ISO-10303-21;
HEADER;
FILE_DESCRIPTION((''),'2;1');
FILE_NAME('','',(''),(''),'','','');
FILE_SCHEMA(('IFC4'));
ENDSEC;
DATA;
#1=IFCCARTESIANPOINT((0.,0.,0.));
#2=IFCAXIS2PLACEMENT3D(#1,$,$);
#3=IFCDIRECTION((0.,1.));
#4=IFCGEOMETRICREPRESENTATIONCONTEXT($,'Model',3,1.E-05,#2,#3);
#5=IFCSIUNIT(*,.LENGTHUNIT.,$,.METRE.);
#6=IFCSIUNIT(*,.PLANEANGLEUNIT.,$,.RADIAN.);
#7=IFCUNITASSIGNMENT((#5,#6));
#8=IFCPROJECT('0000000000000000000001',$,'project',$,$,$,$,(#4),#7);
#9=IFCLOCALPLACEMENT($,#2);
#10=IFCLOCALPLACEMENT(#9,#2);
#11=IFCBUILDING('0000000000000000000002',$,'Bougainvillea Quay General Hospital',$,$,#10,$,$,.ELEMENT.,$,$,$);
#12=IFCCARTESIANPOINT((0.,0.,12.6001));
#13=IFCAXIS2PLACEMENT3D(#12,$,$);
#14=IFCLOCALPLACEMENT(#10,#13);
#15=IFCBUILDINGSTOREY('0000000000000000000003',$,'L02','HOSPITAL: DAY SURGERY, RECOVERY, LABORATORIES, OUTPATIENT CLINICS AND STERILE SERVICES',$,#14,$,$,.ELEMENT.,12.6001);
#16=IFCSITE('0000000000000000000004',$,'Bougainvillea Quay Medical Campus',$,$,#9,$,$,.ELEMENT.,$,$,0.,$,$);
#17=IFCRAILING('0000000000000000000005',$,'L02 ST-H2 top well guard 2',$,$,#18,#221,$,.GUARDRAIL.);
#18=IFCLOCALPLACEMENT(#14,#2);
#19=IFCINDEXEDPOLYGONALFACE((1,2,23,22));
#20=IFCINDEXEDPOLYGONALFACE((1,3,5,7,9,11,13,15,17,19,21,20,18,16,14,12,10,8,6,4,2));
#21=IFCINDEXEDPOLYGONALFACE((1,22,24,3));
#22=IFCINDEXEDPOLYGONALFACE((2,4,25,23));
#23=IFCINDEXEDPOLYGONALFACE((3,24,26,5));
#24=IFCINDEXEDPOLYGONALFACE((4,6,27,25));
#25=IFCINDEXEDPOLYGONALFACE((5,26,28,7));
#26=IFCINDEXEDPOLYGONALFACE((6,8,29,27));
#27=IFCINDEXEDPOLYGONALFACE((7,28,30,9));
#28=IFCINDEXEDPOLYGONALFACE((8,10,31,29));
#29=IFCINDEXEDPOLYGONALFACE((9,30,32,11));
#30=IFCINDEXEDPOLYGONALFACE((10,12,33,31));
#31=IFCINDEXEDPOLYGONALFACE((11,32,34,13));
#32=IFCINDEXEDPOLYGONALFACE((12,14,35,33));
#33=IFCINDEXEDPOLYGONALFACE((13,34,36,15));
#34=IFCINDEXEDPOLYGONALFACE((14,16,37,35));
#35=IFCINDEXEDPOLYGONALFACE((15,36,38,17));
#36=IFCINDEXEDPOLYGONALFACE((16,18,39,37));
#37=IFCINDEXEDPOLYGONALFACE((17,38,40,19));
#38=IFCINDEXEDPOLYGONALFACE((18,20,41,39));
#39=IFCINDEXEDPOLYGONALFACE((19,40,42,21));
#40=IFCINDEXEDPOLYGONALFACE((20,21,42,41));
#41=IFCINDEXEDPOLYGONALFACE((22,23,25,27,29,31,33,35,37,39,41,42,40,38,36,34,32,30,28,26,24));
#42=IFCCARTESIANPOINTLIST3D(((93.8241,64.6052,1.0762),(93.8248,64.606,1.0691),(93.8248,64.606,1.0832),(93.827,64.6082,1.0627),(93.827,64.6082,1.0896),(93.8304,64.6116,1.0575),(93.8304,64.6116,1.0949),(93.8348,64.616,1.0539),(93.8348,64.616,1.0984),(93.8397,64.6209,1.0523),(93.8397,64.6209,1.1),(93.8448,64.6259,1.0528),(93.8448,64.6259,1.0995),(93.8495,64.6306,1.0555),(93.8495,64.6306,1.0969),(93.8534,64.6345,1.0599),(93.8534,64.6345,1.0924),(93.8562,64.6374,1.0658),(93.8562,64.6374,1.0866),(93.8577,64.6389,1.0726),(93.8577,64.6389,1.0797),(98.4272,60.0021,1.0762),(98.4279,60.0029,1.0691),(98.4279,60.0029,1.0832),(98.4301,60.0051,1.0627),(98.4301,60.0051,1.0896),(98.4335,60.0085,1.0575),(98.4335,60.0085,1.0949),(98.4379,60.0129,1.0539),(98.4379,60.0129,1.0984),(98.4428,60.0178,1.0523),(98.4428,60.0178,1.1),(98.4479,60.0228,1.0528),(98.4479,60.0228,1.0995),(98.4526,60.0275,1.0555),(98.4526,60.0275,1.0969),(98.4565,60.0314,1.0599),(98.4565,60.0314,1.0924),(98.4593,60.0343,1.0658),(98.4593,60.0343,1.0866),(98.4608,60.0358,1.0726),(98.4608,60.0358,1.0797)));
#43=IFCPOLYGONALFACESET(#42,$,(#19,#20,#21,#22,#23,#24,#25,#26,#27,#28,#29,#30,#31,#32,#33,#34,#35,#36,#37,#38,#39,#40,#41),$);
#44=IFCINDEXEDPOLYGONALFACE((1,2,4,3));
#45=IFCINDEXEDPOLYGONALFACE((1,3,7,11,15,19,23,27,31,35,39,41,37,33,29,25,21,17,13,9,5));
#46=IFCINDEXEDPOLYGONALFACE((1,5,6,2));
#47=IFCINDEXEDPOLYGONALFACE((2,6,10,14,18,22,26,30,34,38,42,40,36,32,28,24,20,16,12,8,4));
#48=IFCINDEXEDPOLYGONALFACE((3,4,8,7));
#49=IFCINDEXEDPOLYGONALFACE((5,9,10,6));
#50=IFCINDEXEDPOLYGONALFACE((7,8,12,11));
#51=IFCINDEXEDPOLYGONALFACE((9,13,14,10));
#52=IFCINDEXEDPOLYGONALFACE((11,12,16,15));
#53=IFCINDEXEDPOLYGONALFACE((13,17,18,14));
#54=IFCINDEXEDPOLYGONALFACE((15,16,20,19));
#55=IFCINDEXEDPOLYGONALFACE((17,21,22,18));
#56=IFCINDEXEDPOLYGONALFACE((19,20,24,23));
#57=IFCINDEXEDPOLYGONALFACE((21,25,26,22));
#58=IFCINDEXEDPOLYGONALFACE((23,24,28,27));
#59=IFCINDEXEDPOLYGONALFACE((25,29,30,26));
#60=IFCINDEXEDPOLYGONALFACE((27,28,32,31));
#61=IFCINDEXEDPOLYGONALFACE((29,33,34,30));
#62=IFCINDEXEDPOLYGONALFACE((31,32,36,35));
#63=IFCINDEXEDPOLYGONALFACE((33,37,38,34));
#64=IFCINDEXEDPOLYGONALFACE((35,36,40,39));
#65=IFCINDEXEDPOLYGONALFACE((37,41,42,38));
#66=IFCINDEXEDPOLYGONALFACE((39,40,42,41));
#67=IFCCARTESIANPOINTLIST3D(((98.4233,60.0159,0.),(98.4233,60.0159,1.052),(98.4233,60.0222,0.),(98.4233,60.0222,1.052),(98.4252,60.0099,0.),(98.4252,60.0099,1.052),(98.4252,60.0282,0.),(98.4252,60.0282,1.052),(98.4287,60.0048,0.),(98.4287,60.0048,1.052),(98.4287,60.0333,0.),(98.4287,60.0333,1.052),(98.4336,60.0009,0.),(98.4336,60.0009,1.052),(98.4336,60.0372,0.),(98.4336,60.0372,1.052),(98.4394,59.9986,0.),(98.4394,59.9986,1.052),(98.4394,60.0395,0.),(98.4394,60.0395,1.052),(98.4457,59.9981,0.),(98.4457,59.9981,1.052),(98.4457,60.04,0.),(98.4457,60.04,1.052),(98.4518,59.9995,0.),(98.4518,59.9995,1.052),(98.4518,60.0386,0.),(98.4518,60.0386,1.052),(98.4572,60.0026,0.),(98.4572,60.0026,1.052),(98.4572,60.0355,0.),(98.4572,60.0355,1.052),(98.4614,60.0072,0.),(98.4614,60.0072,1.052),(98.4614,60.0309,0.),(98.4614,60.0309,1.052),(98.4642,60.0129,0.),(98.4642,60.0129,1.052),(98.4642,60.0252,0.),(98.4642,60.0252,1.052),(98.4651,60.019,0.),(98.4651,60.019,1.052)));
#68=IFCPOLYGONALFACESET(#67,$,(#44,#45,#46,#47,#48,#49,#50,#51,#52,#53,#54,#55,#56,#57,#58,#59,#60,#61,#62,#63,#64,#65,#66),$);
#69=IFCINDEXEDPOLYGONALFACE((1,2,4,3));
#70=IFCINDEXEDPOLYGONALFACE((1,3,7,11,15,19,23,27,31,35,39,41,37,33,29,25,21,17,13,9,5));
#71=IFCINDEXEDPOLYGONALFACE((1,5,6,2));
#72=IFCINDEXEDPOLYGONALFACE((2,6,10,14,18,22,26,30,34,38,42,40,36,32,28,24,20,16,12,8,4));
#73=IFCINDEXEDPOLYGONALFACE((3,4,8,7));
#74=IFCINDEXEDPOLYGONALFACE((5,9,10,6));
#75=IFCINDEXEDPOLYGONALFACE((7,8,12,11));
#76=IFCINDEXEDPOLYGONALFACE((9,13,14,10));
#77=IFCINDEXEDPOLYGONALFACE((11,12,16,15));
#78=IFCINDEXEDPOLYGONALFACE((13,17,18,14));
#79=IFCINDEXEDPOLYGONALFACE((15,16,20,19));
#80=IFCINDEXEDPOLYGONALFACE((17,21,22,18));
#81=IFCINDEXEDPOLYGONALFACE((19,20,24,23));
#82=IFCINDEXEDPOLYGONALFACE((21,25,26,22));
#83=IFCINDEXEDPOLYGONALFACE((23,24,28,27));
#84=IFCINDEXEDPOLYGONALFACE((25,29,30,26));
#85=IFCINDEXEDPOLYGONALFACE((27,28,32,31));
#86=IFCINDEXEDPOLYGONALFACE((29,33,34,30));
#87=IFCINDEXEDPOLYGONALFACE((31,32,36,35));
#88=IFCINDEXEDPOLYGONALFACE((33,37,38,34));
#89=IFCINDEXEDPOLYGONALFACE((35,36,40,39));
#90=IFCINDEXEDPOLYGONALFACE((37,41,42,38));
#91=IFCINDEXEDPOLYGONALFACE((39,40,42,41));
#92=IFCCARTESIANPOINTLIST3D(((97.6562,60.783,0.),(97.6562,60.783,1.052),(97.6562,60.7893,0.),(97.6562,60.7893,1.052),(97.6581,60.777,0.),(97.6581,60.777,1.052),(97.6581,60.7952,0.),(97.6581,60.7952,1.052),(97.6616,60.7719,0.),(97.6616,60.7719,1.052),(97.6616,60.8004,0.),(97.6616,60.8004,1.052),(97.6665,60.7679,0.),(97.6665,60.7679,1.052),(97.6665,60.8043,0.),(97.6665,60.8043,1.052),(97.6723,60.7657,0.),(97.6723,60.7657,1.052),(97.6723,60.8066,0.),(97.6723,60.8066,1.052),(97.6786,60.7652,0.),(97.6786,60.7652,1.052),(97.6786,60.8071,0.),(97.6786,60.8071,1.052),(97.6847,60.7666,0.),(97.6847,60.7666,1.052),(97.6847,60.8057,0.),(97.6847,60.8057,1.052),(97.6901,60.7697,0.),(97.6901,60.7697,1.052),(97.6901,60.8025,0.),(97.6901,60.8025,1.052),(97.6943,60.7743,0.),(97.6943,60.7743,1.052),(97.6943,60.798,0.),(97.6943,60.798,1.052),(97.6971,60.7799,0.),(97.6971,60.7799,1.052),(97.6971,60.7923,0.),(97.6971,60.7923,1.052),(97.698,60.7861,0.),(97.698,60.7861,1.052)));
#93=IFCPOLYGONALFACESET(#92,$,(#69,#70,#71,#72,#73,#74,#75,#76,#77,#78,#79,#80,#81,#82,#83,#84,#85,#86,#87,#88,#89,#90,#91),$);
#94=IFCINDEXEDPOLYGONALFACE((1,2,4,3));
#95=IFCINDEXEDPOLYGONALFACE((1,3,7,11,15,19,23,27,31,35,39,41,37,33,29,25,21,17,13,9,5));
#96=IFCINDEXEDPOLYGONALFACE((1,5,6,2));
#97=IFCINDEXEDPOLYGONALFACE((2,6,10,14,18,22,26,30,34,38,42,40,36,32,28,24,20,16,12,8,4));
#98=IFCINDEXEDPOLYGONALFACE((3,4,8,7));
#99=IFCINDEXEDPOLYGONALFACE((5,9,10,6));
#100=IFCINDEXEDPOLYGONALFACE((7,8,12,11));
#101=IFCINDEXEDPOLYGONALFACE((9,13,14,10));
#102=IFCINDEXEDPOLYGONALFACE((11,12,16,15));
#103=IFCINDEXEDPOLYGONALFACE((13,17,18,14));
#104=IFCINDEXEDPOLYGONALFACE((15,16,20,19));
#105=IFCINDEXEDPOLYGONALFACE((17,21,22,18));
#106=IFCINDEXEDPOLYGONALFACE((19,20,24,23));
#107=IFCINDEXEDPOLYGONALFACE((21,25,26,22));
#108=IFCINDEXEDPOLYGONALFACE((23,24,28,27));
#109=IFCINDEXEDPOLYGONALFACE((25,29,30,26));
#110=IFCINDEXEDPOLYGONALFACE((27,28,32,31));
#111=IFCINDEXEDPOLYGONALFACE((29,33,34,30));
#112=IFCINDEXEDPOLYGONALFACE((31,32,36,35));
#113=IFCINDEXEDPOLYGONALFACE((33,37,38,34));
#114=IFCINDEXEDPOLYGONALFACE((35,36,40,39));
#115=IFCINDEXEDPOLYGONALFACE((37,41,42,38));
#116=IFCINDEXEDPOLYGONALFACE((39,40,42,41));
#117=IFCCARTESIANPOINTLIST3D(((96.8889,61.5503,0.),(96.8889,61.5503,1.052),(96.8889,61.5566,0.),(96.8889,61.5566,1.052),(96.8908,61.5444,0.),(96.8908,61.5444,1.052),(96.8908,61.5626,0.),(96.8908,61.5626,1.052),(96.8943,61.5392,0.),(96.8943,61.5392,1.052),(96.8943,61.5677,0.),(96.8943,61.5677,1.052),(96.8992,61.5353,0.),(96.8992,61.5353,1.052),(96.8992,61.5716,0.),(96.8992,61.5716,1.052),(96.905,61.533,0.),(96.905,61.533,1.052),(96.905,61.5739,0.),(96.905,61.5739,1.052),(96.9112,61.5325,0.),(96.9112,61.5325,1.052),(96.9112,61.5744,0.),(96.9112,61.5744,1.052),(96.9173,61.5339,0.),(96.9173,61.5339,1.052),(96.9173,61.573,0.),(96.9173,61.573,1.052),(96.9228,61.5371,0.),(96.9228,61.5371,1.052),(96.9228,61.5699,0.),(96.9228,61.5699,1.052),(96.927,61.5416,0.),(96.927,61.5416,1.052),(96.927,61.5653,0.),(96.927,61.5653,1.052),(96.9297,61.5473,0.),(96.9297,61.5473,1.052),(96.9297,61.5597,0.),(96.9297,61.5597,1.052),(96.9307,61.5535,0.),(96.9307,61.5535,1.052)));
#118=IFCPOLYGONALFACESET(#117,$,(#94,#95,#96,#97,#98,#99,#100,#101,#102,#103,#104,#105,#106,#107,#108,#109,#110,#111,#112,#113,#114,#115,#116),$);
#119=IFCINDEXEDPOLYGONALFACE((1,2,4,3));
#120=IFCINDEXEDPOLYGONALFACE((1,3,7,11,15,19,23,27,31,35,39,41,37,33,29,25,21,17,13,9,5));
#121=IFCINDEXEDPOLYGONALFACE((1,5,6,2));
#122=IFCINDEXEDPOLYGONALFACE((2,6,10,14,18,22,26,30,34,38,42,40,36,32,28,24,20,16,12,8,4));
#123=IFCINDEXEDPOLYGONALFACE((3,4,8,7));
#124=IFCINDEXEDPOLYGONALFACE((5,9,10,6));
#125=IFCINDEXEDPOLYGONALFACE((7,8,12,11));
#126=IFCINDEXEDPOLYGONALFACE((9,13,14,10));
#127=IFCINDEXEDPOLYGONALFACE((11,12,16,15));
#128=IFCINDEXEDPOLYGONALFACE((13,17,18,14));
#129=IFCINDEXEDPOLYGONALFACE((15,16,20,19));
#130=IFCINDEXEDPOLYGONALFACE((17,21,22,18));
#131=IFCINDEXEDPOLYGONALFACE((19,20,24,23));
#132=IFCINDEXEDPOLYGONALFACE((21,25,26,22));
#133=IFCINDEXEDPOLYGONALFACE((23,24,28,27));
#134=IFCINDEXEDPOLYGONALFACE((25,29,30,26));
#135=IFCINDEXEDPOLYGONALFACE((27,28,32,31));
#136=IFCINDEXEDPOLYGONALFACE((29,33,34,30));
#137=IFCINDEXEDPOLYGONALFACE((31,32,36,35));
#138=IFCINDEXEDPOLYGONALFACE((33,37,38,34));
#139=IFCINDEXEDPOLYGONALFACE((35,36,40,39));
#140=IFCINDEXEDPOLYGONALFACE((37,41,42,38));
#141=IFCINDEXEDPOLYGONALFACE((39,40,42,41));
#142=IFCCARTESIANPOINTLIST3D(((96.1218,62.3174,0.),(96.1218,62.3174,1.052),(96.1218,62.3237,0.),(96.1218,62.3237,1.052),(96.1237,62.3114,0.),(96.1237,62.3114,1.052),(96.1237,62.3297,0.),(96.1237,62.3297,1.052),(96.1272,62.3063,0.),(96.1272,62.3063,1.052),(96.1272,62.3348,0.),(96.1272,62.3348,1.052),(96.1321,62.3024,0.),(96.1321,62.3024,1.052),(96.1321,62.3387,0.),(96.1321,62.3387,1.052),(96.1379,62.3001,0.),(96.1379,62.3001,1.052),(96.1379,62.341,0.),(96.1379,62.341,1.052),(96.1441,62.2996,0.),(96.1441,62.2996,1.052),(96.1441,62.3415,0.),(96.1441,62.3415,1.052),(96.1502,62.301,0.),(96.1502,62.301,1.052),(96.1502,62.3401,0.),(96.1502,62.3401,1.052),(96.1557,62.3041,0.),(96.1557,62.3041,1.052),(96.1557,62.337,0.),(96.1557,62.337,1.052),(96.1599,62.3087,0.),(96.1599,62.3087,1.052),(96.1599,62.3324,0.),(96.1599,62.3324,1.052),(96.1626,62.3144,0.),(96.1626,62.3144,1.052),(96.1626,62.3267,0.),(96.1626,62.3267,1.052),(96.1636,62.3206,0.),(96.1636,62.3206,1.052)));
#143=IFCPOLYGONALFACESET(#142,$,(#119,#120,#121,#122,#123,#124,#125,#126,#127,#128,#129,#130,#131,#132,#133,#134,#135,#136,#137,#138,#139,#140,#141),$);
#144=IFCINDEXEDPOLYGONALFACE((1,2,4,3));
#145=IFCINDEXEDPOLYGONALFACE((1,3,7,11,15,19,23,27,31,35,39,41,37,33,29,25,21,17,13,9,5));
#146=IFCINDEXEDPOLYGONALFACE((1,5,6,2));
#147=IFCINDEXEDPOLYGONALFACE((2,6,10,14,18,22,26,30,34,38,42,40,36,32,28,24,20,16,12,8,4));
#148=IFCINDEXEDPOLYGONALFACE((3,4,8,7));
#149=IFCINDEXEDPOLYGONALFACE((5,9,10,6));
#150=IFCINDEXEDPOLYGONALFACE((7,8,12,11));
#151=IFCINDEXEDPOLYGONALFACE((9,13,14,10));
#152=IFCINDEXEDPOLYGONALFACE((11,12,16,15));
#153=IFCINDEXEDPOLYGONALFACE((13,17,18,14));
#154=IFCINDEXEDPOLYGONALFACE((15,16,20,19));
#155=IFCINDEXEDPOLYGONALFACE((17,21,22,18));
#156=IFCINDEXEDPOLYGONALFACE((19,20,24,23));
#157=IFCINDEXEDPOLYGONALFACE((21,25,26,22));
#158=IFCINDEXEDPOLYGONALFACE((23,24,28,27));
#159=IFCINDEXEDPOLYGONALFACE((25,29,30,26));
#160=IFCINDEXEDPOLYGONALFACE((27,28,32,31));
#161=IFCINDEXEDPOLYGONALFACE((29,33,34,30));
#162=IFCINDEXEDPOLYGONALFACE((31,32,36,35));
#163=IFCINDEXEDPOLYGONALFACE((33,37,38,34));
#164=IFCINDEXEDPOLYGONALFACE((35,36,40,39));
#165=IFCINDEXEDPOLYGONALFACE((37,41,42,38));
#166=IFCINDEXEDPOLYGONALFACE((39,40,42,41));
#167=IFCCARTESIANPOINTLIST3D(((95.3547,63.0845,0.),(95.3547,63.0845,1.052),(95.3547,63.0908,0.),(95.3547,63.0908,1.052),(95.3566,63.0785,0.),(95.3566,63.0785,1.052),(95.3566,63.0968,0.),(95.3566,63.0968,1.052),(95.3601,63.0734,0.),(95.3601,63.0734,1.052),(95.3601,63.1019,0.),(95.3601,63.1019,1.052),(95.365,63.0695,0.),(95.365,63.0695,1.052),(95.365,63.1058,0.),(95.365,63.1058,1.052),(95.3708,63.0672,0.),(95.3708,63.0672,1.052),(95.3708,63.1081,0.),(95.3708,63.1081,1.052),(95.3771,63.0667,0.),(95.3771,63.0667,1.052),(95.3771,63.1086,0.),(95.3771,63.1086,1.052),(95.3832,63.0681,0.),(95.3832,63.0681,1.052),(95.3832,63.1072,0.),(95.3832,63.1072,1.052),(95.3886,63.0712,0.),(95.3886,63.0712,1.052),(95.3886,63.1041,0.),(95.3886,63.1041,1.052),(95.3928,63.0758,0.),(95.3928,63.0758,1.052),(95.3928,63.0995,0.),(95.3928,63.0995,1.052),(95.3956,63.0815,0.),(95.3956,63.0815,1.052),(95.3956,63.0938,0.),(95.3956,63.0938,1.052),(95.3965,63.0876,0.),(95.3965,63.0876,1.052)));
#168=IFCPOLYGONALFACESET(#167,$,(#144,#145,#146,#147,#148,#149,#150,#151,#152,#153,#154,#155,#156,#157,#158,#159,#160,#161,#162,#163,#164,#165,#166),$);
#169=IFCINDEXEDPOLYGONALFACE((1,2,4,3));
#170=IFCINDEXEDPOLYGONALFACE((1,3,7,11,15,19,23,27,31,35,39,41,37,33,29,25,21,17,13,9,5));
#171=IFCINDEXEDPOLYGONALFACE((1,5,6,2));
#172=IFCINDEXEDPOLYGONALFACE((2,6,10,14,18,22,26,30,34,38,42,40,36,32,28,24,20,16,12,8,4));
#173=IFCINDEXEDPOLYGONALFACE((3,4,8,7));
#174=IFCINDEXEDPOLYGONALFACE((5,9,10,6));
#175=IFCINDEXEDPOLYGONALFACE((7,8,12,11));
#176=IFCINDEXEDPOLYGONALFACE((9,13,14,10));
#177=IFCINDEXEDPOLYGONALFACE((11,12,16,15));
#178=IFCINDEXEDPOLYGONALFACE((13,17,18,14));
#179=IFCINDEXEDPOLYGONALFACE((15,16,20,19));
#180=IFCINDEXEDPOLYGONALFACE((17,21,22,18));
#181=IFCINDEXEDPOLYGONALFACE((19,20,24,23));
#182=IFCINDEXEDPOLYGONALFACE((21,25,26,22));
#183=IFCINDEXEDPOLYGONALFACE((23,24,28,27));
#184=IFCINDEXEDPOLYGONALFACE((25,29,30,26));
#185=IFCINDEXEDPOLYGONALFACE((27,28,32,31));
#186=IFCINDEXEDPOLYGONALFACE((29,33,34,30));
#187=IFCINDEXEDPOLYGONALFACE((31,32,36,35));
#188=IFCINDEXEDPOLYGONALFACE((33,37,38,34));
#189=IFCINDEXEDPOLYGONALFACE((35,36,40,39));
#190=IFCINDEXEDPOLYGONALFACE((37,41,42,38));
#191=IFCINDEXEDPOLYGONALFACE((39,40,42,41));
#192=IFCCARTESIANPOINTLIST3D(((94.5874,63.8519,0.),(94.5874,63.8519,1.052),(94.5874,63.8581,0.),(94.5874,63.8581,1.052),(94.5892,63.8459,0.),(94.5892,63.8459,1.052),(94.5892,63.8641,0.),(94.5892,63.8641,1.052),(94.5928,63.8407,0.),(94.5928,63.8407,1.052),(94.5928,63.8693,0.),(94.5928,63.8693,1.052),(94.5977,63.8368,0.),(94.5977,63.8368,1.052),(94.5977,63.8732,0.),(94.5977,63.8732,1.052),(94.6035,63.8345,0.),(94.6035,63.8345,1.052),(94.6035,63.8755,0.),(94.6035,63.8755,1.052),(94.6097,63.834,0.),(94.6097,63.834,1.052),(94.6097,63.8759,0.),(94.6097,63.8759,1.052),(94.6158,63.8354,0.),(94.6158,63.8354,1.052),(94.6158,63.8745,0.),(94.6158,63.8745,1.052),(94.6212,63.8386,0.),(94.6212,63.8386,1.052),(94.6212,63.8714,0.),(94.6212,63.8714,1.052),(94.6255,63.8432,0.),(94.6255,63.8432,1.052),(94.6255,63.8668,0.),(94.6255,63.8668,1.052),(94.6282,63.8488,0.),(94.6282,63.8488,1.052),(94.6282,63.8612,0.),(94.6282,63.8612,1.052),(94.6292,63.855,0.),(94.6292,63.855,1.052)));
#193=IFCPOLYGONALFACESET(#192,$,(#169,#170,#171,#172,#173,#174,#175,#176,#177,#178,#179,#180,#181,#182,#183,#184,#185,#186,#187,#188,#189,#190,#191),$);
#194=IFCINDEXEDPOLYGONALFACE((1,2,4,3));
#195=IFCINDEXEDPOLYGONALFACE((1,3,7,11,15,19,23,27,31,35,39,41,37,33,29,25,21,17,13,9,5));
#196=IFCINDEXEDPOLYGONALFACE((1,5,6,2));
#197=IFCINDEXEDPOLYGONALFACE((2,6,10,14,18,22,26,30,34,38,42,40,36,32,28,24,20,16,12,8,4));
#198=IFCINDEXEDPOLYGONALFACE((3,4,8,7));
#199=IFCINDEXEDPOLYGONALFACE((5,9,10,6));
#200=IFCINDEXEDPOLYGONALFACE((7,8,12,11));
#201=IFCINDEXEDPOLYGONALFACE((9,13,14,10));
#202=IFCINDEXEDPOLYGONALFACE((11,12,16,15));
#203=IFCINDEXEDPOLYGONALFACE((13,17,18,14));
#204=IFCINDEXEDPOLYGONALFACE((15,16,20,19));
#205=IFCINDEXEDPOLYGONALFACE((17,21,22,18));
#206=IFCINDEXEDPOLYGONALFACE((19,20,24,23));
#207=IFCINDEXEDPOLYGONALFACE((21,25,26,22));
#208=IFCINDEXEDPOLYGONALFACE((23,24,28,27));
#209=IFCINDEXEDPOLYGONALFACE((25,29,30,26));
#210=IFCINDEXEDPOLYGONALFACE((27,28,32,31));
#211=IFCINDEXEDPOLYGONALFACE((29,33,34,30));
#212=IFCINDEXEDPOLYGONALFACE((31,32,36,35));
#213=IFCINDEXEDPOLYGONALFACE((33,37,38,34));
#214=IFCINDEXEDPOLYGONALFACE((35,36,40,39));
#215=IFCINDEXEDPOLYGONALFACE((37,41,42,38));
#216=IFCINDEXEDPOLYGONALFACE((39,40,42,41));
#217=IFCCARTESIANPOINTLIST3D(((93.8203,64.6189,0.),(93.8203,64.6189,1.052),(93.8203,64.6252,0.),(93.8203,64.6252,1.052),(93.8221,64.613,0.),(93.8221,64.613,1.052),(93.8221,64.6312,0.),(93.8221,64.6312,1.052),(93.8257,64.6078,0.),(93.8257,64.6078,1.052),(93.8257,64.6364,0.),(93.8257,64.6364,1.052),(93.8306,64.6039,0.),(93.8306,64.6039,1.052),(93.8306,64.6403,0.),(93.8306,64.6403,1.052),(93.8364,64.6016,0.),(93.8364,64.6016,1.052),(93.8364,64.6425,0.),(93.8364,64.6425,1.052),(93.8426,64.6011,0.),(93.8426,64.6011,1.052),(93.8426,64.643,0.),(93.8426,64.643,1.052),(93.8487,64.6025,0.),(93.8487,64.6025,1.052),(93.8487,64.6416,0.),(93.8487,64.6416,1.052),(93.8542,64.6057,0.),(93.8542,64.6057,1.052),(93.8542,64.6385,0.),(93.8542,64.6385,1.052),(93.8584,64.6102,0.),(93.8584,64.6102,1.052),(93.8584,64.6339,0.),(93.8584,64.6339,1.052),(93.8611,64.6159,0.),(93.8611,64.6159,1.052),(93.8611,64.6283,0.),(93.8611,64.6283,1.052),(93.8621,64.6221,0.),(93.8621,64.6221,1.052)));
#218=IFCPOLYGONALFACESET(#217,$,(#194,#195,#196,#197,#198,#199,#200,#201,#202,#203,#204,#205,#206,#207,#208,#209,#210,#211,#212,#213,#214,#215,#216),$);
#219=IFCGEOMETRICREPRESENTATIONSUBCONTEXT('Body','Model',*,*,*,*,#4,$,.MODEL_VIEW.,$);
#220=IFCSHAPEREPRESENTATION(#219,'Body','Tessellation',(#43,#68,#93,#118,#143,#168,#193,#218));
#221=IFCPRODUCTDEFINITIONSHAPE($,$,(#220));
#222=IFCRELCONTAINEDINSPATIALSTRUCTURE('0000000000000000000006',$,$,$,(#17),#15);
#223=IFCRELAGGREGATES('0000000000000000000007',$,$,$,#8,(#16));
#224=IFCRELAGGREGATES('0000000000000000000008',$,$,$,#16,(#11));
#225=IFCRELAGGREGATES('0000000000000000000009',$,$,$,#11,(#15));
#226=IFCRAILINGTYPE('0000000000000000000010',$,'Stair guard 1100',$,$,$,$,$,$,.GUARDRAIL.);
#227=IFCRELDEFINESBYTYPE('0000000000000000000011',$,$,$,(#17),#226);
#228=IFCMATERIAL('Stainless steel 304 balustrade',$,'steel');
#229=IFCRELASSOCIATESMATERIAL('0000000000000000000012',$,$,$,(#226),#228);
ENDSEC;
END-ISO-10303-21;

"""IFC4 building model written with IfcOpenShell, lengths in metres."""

from ifc_helpers import new_model, si_unit, direction, frame, origin, origin_2d, place, context, subcontext, project, spatial, circle, extrude, material, type_object, element, save


model = new_model("IFC4")

# Units and contexts
model_context = context("Model", 3, precision=1e-05, world=origin(), true_north=direction((0.0, 1.0)))
body_context = subcontext(model_context, "Body", "Model", "MODEL_VIEW")
ifc_project = project(units=[si_unit("LENGTHUNIT", "METRE"), si_unit("PLANEANGLEUNIT", "RADIAN")], contexts=[model_context])

# Site, building, storey
site_placement = place(None, origin())
site = spatial("IfcSite", under=ifc_project, at=site_placement, Name="Bougainvillea Quay Medical Campus", CompositionType="ELEMENT", RefElevation=0.0)
building_placement = place(site_placement, origin())
building = spatial("IfcBuilding", under=site, at=building_placement, Name="Bougainvillea Quay General Hospital", CompositionType="ELEMENT")
storey_placement = place(building_placement, frame((0.0, 0.0, 12.6001)))
storey = spatial("IfcBuildingStorey", under=building, at=storey_placement, Name="L02", Description="HOSPITAL: DAY SURGERY, RECOVERY, LABORATORIES, OUTPATIENT CLINICS AND STERILE SERVICES", CompositionType="ELEMENT", Elevation=12.6001)

# Railing
ifc_material_1 = material(Name="Stainless steel 304 balustrade", Category="steel")
railing_type = type_object("IfcRailingType", Name="Stair guard 1100", PredefinedType="GUARDRAIL", material=ifc_material_1)
railing_1_placement = place(storey_placement, frame((98.4441, 60.019, 0.0)))
element("IfcRailing", 1, at=railing_1_placement, inside=storey, type_object=railing_type, Name="L02 ST-H2 top well guard 2", PredefinedType="GUARDRAIL", context=body_context, shape_type="SweptSolid", body=[
    extrude(circle(Radius=0.0239, at=origin_2d()), frame((0.0, 0.0, 1.0762), z_axis=(-0.707107, 0.707107, 0.0), x_axis=(-0.707107, -0.707107, 0.0)), (0.0, 0.0, 1.0), 6.5098),
    extrude(circle(Radius=0.021, at=origin_2d()), origin(), (0.0, 0.0, 1.0), 1.052),
    extrude(circle(Radius=0.021, at=origin_2d()), frame((-0.7671, 0.7671, 0.0)), (0.0, 0.0, 1.0), 1.052),
    extrude(circle(Radius=0.021, at=origin_2d()), frame((-1.5344, 1.5344, 0.0)), (0.0, 0.0, 1.0), 1.052),
    extrude(circle(Radius=0.021, at=origin_2d()), frame((-2.3015, 2.3015, 0.0)), (0.0, 0.0, 1.0), 1.052),
    extrude(circle(Radius=0.021, at=origin_2d()), frame((-3.0686, 3.0686, 0.0)), (0.0, 0.0, 1.0), 1.052),
    extrude(circle(Radius=0.021, at=origin_2d()), frame((-3.8359, 3.8359, 0.0)), (0.0, 0.0, 1.0), 1.052),
    extrude(circle(Radius=0.021, at=origin_2d()), frame((-4.603, 4.603, 0.0)), (0.0, 0.0, 1.0), 1.052),
])

save(model, "model.ifc")
